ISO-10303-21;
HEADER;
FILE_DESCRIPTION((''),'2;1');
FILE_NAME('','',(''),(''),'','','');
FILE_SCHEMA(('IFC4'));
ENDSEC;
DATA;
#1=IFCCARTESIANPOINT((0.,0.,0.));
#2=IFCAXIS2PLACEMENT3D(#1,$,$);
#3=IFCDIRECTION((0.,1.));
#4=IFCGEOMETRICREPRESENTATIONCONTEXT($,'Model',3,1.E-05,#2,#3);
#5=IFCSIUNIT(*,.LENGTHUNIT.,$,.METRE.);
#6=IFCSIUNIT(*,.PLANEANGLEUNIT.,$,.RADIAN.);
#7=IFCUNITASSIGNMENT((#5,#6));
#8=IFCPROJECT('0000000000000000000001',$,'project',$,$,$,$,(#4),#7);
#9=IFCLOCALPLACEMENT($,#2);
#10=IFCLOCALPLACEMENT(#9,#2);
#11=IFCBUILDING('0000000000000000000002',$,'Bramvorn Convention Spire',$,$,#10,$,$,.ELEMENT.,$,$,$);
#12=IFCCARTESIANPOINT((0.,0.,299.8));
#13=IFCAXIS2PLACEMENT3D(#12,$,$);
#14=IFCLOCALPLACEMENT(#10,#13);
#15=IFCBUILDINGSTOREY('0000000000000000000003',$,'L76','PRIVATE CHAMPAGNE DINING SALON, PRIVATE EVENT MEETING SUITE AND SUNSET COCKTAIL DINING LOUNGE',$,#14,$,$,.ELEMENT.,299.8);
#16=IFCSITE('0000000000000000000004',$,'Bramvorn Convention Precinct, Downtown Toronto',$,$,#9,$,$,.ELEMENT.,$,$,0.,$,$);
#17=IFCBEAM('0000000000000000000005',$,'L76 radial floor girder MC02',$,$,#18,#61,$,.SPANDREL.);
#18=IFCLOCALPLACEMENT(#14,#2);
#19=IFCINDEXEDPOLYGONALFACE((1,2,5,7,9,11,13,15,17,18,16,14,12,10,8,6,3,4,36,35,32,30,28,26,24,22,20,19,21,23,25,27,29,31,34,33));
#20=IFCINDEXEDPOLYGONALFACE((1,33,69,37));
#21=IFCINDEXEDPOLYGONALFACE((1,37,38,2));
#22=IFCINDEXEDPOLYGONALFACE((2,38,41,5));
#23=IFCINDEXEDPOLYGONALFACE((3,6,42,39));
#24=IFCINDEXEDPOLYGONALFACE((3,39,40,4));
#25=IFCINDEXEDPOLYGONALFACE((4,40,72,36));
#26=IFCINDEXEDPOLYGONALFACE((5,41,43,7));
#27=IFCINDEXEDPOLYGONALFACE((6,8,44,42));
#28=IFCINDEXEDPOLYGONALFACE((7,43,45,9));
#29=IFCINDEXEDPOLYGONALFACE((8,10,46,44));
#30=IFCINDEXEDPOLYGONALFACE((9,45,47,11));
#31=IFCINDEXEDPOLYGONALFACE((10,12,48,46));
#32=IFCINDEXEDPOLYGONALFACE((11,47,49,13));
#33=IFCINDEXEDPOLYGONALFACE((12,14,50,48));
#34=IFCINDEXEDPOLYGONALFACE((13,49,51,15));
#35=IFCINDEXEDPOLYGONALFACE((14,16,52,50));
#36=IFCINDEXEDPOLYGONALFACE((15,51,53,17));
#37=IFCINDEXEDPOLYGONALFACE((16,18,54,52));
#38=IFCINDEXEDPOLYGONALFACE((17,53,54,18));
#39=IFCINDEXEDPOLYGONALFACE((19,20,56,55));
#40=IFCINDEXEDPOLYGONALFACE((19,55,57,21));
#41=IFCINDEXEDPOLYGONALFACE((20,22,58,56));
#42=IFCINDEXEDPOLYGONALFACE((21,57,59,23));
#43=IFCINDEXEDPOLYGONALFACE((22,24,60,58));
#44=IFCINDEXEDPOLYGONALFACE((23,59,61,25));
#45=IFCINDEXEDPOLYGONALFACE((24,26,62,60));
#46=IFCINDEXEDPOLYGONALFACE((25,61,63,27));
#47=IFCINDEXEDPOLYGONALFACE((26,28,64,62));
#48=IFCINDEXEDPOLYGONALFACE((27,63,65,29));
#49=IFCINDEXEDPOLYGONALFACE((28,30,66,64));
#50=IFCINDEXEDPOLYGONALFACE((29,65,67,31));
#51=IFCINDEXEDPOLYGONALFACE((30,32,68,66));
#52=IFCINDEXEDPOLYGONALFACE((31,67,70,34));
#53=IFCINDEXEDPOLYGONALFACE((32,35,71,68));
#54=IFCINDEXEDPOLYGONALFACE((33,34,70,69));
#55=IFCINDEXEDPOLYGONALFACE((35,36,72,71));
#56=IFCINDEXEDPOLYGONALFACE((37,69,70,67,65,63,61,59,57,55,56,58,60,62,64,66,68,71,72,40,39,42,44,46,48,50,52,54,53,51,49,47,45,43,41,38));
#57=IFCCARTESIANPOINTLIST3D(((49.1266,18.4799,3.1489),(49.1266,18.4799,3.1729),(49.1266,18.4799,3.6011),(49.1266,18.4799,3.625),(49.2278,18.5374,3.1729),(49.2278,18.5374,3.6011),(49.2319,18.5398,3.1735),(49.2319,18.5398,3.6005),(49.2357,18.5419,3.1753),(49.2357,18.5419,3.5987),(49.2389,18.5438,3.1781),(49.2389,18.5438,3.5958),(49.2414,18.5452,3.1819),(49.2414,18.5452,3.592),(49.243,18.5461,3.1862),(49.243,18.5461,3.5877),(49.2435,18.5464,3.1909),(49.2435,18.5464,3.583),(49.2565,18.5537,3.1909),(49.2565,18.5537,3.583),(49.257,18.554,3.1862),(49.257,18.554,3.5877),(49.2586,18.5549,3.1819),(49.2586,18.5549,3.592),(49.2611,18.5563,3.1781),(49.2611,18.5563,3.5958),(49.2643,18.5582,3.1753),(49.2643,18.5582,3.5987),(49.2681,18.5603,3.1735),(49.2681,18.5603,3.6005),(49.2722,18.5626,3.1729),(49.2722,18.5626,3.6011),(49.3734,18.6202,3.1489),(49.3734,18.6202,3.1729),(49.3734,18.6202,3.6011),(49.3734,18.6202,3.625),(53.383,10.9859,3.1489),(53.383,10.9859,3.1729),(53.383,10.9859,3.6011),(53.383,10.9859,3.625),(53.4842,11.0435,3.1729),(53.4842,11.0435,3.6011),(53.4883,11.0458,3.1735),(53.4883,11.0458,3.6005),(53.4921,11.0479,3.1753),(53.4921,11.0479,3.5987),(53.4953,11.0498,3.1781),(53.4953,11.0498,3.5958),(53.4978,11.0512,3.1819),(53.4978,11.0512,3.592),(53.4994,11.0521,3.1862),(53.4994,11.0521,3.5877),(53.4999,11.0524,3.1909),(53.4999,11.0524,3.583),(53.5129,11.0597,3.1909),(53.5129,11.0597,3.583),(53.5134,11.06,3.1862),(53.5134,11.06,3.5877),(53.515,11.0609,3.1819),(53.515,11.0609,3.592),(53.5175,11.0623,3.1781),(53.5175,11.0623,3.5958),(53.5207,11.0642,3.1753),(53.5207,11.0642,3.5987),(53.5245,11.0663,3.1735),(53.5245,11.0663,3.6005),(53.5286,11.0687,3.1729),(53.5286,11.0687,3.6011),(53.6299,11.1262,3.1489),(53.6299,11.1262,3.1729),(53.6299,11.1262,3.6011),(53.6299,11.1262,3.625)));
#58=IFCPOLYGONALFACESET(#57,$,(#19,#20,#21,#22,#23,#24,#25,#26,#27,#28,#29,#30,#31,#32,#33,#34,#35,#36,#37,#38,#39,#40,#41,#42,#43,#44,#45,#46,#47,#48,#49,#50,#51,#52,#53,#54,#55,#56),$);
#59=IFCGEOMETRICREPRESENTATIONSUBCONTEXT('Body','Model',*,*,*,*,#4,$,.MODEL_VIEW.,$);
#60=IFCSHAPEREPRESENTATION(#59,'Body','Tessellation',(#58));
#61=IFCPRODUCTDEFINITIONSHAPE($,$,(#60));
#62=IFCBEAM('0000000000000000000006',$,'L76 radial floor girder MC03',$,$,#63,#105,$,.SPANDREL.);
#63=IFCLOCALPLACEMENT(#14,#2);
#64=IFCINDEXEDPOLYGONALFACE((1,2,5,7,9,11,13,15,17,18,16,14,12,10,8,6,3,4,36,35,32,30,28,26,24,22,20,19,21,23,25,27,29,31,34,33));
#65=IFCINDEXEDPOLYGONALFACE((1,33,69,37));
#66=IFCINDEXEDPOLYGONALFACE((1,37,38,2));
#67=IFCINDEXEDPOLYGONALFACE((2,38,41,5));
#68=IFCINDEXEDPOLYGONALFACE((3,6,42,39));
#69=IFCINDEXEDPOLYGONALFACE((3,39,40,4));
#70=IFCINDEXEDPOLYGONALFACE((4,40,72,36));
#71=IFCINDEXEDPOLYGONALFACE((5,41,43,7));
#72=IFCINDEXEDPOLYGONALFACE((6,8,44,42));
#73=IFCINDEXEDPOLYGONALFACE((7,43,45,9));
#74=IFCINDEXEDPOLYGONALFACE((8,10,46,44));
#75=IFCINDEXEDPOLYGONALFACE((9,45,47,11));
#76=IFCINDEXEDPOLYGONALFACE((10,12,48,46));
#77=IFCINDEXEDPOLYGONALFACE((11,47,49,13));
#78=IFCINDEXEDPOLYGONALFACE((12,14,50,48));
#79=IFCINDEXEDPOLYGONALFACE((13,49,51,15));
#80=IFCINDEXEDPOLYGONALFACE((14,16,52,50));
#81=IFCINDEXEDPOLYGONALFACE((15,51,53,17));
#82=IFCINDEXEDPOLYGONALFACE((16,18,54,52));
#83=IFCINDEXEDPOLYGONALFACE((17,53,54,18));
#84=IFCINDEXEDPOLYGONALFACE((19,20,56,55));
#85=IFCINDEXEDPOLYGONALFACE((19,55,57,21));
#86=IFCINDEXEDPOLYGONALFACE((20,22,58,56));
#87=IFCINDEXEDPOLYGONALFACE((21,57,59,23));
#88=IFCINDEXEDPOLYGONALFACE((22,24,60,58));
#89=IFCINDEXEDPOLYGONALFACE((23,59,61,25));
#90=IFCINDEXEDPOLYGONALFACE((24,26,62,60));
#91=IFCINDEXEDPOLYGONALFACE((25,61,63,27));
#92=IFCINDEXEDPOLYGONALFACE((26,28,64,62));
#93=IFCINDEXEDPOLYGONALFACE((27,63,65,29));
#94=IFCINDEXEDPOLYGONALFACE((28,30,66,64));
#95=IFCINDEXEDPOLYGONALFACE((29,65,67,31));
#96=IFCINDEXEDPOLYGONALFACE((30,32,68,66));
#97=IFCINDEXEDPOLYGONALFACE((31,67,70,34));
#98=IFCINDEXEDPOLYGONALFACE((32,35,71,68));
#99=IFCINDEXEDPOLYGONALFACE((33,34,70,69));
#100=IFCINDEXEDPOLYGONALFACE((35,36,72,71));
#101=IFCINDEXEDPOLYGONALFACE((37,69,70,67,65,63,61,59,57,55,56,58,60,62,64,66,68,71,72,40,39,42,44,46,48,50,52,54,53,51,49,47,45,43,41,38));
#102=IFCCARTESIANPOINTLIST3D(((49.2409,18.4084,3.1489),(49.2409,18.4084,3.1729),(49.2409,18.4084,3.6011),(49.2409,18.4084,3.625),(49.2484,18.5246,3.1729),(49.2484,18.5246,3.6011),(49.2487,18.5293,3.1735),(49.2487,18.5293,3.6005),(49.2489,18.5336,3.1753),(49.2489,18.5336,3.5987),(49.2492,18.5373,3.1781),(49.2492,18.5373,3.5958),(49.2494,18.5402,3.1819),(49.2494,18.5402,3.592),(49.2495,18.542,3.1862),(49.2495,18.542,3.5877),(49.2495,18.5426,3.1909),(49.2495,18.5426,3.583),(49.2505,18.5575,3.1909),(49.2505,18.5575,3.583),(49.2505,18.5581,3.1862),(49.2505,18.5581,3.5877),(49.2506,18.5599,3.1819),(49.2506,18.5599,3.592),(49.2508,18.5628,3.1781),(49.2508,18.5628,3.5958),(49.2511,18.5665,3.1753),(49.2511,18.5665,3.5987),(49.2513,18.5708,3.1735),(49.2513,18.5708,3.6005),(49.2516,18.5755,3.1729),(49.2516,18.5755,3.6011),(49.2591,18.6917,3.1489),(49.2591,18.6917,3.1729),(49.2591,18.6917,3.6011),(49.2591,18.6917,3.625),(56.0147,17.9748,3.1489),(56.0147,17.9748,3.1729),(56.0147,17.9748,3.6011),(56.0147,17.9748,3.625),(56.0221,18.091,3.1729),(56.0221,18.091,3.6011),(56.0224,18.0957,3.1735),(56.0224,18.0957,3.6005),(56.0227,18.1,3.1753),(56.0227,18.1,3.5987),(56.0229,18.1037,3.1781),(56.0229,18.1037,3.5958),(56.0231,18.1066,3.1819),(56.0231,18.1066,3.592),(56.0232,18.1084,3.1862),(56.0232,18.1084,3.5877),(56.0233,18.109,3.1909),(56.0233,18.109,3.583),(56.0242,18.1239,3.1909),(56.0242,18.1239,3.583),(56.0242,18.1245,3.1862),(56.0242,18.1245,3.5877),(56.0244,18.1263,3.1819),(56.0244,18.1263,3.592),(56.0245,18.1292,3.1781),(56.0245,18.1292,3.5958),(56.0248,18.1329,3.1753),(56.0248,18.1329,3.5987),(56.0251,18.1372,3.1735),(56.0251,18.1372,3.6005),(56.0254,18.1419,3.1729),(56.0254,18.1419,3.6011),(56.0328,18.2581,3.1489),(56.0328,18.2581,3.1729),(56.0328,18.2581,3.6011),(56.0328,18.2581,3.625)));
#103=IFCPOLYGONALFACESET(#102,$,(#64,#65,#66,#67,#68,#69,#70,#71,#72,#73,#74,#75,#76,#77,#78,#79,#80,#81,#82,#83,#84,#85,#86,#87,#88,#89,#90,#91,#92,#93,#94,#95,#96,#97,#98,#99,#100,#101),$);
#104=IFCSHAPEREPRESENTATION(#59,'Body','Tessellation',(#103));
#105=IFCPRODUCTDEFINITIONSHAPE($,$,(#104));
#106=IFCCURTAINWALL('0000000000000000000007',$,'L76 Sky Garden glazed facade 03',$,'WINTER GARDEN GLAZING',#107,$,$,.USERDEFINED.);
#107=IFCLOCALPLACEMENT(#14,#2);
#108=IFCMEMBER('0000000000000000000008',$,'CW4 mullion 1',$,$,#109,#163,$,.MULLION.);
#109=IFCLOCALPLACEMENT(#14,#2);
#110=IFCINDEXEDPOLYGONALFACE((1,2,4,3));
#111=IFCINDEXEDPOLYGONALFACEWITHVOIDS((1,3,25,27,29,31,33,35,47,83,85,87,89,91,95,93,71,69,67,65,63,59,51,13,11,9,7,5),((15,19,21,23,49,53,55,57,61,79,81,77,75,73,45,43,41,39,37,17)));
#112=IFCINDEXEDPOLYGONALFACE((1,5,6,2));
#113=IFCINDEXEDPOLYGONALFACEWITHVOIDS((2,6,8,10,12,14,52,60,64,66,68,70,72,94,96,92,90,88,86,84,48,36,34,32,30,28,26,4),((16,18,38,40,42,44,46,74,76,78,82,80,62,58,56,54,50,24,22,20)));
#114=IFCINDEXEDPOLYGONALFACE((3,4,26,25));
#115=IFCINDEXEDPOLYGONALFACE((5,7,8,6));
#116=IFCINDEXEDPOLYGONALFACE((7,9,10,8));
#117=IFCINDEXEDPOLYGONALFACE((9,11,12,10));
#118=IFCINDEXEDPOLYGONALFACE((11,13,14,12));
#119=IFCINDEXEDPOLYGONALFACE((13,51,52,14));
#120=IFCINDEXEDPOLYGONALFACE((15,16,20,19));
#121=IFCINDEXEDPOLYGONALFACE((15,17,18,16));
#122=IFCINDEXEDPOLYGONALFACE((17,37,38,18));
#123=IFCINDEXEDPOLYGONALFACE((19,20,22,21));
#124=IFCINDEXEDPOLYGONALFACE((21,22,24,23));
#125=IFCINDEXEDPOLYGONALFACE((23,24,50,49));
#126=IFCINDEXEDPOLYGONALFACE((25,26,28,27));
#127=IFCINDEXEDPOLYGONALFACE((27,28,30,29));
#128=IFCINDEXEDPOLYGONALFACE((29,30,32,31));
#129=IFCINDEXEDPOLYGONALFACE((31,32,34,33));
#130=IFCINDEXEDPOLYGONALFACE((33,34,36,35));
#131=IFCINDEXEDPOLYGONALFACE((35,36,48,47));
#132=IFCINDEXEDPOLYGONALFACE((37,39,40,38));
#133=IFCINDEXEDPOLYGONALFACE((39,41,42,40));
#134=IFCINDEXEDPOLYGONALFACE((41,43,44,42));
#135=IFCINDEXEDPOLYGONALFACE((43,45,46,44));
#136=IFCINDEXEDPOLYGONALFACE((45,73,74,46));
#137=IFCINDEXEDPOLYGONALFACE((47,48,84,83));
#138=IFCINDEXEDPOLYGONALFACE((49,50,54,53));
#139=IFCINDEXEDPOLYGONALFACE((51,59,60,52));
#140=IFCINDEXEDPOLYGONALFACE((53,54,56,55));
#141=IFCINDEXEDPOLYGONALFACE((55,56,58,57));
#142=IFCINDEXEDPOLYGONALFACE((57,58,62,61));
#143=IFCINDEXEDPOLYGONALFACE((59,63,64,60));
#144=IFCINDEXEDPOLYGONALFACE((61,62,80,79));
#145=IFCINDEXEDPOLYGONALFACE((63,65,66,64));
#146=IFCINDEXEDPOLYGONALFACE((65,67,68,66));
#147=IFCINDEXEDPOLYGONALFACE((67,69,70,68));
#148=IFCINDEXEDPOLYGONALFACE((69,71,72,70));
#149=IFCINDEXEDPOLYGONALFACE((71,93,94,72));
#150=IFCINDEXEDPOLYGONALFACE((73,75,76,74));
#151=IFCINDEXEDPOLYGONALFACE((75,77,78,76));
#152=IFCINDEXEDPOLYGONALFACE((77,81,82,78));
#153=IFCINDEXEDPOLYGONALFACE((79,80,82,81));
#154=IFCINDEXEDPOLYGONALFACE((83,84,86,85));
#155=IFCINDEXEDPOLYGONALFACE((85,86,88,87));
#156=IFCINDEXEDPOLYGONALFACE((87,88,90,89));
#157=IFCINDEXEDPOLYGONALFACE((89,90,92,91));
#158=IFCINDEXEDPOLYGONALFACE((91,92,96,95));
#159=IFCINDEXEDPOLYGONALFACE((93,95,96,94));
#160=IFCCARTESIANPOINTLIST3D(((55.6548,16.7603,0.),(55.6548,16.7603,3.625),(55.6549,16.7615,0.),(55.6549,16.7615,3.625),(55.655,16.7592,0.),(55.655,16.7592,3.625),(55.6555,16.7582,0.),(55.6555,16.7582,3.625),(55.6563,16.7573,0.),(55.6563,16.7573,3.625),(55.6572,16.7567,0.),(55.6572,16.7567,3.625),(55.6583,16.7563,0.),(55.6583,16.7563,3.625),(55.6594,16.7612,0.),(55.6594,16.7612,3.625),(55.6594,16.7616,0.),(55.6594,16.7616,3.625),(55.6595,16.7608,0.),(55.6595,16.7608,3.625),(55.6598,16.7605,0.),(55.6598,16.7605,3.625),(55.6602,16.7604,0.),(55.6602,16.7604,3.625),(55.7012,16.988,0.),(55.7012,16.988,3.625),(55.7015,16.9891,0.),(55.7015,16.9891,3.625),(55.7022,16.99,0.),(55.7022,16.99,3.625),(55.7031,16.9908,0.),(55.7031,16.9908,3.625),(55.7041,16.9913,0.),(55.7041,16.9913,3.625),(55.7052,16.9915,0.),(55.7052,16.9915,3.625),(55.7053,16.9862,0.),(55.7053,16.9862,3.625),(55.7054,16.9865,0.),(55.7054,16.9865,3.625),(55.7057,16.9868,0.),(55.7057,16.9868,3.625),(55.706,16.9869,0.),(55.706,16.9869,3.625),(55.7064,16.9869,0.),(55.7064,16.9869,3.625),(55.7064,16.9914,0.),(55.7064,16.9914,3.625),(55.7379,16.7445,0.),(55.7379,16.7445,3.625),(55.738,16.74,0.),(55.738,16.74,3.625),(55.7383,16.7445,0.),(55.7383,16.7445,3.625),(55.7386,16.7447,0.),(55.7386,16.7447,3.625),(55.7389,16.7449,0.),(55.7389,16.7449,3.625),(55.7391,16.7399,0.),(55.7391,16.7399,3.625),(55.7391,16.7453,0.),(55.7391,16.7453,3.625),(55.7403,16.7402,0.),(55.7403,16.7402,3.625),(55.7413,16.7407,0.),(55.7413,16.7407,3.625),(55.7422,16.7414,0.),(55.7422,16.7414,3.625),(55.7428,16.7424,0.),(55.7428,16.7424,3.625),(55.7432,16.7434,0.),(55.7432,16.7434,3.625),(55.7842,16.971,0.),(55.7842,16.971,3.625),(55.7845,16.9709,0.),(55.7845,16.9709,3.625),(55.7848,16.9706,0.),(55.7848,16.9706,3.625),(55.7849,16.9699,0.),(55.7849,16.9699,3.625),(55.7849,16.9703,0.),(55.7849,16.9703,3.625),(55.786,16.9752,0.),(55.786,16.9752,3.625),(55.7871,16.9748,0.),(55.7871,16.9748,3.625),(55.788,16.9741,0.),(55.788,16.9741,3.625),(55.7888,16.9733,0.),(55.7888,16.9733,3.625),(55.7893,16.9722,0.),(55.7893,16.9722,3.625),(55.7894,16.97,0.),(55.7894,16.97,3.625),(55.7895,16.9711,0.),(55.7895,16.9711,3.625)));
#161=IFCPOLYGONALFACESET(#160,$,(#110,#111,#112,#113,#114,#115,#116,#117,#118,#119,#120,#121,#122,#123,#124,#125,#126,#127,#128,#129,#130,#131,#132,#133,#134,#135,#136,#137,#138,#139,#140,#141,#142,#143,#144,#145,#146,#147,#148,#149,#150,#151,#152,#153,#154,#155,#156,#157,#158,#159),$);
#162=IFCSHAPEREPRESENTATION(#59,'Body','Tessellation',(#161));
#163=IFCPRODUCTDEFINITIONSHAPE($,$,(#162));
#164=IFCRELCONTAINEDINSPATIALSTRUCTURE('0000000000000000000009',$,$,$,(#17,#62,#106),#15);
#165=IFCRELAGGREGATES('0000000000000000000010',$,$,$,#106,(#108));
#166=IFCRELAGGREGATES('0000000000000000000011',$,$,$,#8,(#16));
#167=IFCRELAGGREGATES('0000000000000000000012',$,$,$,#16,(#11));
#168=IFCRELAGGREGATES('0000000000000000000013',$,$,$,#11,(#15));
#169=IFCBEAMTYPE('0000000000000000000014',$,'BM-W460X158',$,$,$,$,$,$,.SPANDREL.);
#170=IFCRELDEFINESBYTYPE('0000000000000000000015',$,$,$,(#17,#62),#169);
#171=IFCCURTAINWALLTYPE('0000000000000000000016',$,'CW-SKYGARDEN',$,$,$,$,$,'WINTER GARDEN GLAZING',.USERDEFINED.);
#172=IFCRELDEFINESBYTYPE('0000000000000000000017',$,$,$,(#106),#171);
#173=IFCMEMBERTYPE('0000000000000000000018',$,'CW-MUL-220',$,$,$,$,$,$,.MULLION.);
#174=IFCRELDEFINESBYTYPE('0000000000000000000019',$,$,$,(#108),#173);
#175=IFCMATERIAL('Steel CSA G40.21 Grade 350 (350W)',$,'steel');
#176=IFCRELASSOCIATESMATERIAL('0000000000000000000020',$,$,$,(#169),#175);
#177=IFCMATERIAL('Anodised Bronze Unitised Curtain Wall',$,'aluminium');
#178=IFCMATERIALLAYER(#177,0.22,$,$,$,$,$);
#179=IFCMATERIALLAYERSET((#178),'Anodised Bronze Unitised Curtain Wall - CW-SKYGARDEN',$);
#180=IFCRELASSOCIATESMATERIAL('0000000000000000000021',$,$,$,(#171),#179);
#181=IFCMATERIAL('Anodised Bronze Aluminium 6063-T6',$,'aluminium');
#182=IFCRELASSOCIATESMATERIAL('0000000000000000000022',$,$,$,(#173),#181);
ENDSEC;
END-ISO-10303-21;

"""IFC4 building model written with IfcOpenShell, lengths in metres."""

from ifc_helpers import new_model, si_unit, direction, frame, origin, origin_2d, place, context, subcontext, project, spatial, hollow_rectangle, i_section, extrude, material, layer, layer_set, material_profile, profile_set, type_object, element, aggregate, save


model = new_model("IFC4")

# Units and contexts
model_context = context("Model", 3, precision=1e-05, world=origin(), true_north=direction((0.0, 1.0)))
body_context = subcontext(model_context, "Body", "Model", "MODEL_VIEW")
ifc_project = project(units=[si_unit("LENGTHUNIT", "METRE"), si_unit("PLANEANGLEUNIT", "RADIAN")], contexts=[model_context])

# Site, building, storey
site_placement = place(None, origin())
site = spatial("IfcSite", under=ifc_project, at=site_placement, Name="Bramvorn Convention Precinct, Downtown Toronto", CompositionType="ELEMENT", RefElevation=0.0)
building_placement = place(site_placement, origin())
building = spatial("IfcBuilding", under=site, at=building_placement, Name="Bramvorn Convention Spire", CompositionType="ELEMENT")
storey_placement = place(building_placement, frame((0.0, 0.0, 299.8)))
storey = spatial("IfcBuildingStorey", under=building, at=storey_placement, Name="L76", Description="PRIVATE CHAMPAGNE DINING SALON, PRIVATE EVENT MEETING SUITE AND SUNSET COCKTAIL DINING LOUNGE", CompositionType="ELEMENT", Elevation=299.8)

# Shared definitions
ifc_material_1 = material(Name="Steel CSA G40.21 Grade 350 (350W)", Category="steel")

# Beams
ifc_material_profile_1 = material_profile(ifc_material_1, i_section(OverallWidth=0.2839, OverallDepth=0.4761, WebThickness=0.0149, FlangeThickness=0.0239, FilletRadius=0.0181, at=origin_2d()))
ifc_profile_set_1 = profile_set([ifc_material_profile_1], Name="Steel CSA G40.21 Grade 350 (350W) - W460X158")
beam_type_1 = type_object("IfcBeamType", Name="BM-W460X158", PredefinedType="SPANDREL", material=ifc_profile_set_1)
beam_1_placement = place(storey_placement, frame((49.25, 18.55, 3.387), z_axis=(0.493874, -0.869534, 0.0), x_axis=(0.869534, 0.493874, 0.0)))
element("IfcBeam", 1, at=beam_1_placement, inside=storey, type_object=beam_type_1, Name="L76 radial floor girder MC02", PredefinedType="SPANDREL", context=body_context, shape_type="SweptSolid", body=[
    extrude(i_section(OverallWidth=0.2839, OverallDepth=0.4761, WebThickness=0.0149, FlangeThickness=0.0239, FilletRadius=0.0181, at=origin_2d()), origin(), (0.0, 0.0, 1.0), 8.6184),
])
beam_2_placement = place(storey_placement, frame((49.25, 18.55, 3.387), z_axis=(0.997958, -0.063881, 0.0), x_axis=(0.063881, 0.997958, 0.0)))
element("IfcBeam", 2, at=beam_2_placement, inside=storey, type_object=beam_type_1, Name="L76 radial floor girder MC03", PredefinedType="SPANDREL", context=body_context, shape_type="SweptSolid", body=[
    extrude(i_section(OverallWidth=0.2839, OverallDepth=0.4761, WebThickness=0.0149, FlangeThickness=0.0239, FilletRadius=0.0181, at=origin_2d()), origin(), (0.0, 0.0, 1.0), 6.7876),
])

# Curtain wall, member
ifc_material_2 = material(Name="Anodised Bronze Unitised Curtain Wall", Category="aluminium")
ifc_layer_1 = layer(ifc_material_2, 0.22)
ifc_layer_set_1 = layer_set([ifc_layer_1], Name="Anodised Bronze Unitised Curtain Wall - CW-SKYGARDEN")
curtain_wall_type = type_object("IfcCurtainWallType", Name="CW-SKYGARDEN", ElementType="WINTER GARDEN GLAZING", PredefinedType="USERDEFINED", material=ifc_layer_set_1)
curtain_wall_1_placement = place(storey_placement, origin())
curtain_wall_1 = element("IfcCurtainWall", 3, at=curtain_wall_1_placement, inside=storey, type_object=curtain_wall_type, Name="L76 Sky Garden glazed facade 03", ObjectType="WINTER GARDEN GLAZING", PredefinedType="USERDEFINED")
ifc_material_3 = material(Name="Anodised Bronze Aluminium 6063-T6", Category="aluminium")
ifc_material_profile_2 = material_profile(ifc_material_3, hollow_rectangle(XDim=0.0901, YDim=0.24, WallThickness=0.0044, InnerFilletRadius=0.001, OuterFilletRadius=0.0044, at=origin_2d()))
ifc_profile_set_2 = profile_set([ifc_material_profile_2], Name="Anodised Bronze Aluminium 6063-T6 - CWM90X240")
member_type_1 = type_object("IfcMemberType", Name="CW-MUL-220", PredefinedType="MULLION", material=ifc_profile_set_2)
member_1_placement = place(storey_placement, frame((55.7222, 16.8657, 0.0), z_axis=(0.0, 0.0, 1.0), x_axis=(0.979774, -0.200105, 0.0)))
member_1 = element("IfcMember", 4, at=member_1_placement, type_object=member_type_1, Name="CW4 mullion 1", PredefinedType="MULLION", context=body_context, shape_type="SweptSolid", body=[
    extrude(hollow_rectangle(XDim=0.0901, YDim=0.24, WallThickness=0.0044, InnerFilletRadius=0.001, OuterFilletRadius=0.0044, at=origin_2d()), origin(), (0.0, 0.0, 1.0), 3.625),
])

aggregate(curtain_wall_1, [member_1])

save(model, "model.ifc")
